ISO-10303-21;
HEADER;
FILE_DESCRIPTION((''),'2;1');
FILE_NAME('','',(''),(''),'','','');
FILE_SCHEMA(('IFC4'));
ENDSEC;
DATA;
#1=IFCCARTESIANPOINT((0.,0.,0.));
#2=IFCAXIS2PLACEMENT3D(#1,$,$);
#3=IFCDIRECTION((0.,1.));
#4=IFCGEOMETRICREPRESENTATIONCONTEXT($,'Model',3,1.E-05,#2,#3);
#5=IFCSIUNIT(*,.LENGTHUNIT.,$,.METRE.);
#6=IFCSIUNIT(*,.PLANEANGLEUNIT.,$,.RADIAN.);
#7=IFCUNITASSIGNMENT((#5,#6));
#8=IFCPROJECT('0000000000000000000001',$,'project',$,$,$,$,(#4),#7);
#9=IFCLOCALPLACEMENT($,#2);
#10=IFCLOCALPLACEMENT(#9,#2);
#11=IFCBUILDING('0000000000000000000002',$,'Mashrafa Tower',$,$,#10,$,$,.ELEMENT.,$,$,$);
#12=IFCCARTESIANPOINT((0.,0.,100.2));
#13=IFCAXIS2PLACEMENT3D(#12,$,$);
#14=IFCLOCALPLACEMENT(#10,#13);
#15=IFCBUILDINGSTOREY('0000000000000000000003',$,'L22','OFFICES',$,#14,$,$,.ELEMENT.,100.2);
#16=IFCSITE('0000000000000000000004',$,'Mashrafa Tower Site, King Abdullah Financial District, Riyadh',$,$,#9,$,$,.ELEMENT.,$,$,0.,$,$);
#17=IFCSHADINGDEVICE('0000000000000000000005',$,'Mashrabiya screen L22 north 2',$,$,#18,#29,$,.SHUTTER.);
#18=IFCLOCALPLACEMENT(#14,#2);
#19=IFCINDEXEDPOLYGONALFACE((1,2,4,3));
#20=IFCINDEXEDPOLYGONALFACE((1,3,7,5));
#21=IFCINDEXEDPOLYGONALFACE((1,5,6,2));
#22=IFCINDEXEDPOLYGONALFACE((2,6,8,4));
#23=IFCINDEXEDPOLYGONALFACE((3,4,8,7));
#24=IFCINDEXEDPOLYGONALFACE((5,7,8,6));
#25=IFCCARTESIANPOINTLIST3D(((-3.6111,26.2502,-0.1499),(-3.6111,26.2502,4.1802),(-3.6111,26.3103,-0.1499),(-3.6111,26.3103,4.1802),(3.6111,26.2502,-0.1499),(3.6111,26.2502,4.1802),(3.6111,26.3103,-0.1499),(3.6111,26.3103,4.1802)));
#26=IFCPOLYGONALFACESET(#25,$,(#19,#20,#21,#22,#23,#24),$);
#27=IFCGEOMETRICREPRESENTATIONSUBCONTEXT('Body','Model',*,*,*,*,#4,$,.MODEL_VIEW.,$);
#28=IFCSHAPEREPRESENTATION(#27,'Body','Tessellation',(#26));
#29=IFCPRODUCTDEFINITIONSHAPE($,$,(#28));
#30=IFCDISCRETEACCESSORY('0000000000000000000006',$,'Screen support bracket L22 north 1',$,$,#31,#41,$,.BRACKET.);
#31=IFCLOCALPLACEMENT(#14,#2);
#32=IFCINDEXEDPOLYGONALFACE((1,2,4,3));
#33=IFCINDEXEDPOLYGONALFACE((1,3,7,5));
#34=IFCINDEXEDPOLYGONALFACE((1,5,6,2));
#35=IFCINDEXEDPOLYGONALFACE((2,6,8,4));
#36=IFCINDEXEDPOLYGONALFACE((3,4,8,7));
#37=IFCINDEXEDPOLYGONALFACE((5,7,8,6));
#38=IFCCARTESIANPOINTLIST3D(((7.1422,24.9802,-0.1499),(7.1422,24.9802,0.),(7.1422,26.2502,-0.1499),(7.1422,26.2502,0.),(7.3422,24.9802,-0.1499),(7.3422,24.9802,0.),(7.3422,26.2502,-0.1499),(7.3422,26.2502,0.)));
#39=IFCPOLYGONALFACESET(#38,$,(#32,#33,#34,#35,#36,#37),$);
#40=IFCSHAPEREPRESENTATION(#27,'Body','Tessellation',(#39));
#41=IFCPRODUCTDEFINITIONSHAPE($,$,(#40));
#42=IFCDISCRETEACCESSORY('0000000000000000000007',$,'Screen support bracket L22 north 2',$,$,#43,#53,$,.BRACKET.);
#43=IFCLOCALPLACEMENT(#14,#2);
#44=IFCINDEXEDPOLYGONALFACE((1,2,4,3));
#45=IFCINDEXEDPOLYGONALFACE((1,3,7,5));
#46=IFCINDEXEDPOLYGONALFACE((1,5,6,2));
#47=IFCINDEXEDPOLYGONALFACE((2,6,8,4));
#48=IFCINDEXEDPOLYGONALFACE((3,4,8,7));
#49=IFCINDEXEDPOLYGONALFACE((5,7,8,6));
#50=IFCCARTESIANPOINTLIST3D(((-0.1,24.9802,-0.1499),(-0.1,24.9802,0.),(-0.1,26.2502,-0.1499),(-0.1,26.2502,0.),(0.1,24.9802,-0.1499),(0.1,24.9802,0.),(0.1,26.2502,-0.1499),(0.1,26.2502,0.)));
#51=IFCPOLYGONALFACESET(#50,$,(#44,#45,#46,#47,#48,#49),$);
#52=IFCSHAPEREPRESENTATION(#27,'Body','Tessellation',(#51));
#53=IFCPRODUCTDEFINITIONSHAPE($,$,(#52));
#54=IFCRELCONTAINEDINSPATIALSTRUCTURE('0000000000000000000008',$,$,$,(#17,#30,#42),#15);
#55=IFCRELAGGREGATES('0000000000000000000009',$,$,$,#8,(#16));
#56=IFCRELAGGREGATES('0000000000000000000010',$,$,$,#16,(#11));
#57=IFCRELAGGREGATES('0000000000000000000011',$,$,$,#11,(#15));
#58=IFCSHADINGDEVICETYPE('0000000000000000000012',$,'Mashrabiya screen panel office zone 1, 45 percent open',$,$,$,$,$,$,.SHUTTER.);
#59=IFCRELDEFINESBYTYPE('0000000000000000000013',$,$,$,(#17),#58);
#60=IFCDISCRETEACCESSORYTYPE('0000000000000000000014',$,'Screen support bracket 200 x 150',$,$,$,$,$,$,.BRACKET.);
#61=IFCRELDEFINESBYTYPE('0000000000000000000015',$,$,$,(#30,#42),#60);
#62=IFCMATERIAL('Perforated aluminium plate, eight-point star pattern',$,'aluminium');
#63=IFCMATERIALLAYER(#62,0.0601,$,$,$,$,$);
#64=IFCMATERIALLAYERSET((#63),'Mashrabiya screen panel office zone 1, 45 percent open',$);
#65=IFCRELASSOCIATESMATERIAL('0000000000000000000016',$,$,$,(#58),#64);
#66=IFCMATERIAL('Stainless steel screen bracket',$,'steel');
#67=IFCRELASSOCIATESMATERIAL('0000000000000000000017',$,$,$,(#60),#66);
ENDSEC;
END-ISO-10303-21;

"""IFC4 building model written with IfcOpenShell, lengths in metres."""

from ifc_helpers import new_model, si_unit, direction, frame, origin, origin_2d, place, context, subcontext, project, spatial, rectangle, extrude, source, transform, mapped, material, layer, layer_set, type_object, type_shapes, element, save


model = new_model("IFC4")

# Units and contexts
model_context = context("Model", 3, precision=1e-05, world=origin(), true_north=direction((0.0, 1.0)))
body_context = subcontext(model_context, "Body", "Model", "MODEL_VIEW")
ifc_project = project(units=[si_unit("LENGTHUNIT", "METRE"), si_unit("PLANEANGLEUNIT", "RADIAN")], contexts=[model_context])

# Site, building, storey
site_placement = place(None, origin())
site = spatial("IfcSite", under=ifc_project, at=site_placement, Name="Mashrafa Tower Site, King Abdullah Financial District, Riyadh", CompositionType="ELEMENT", RefElevation=0.0)
building_placement = place(site_placement, origin())
building = spatial("IfcBuilding", under=site, at=building_placement, Name="Mashrafa Tower", CompositionType="ELEMENT")
storey_placement = place(building_placement, frame((0.0, 0.0, 100.2)))
storey = spatial("IfcBuildingStorey", under=building, at=storey_placement, Name="L22", Description="OFFICES", CompositionType="ELEMENT", Elevation=100.2)

# Shading device
ifc_material_1 = material(Name="Perforated aluminium plate, eight-point star pattern", Category="aluminium")
ifc_layer_1 = layer(ifc_material_1, 0.0601)
ifc_layer_set_1 = layer_set([ifc_layer_1], Name="Mashrabiya screen panel office zone 1, 45 percent open")
shading_device_type = type_object("IfcShadingDeviceType", Name="Mashrabiya screen panel office zone 1, 45 percent open", PredefinedType="SHUTTER", material=ifc_layer_set_1)
shared_shape_1 = source(origin(), body_context, "Body", "SweptSolid", [
    extrude(rectangle(XDim=7.2222, YDim=0.0601, at=origin_2d()), origin(), (0.0, 0.0, 1.0), 4.3301),
])
type_shapes(shading_device_type, [shared_shape_1])
for number, where, z_axis, x_axis, name in (
    (1, (0.0, 26.2803, -0.1499), (0.0, 0.0, 1.0), (-1.0, 0.0, 0.0), "Mashrabiya screen L22 north 2"),
):
    element("IfcShadingDevice", number, at=place(storey_placement, frame(where, z_axis=z_axis, x_axis=x_axis)), inside=storey, type_object=shading_device_type, Name=name, PredefinedType="SHUTTER", context=body_context, shape_type="MappedRepresentation", body=[
        mapped(shared_shape_1, transform((0.0, 0.0, 0.0))),
    ])

# Discrete accessories
ifc_material_2 = material(Name="Stainless steel screen bracket", Category="steel")
discrete_accessory_type = type_object("IfcDiscreteAccessoryType", Name="Screen support bracket 200 x 150", PredefinedType="BRACKET", material=ifc_material_2)
shared_shape_2 = source(origin(), body_context, "Body", "SweptSolid", [
    extrude(rectangle(XDim=0.2, YDim=1.27, at=origin_2d()), origin(), (0.0, 0.0, 1.0), 0.1499),
])
type_shapes(discrete_accessory_type, [shared_shape_2])
for number, where, z_axis, x_axis, name in (
    (2, (7.2422, 25.6152, -0.1499), (0.0, 0.0, 1.0), (-1.0, 0.0, 0.0), "Screen support bracket L22 north 1"),
    (3, (0.0, 25.6152, -0.1499), (0.0, 0.0, 1.0), (-1.0, 0.0, 0.0), "Screen support bracket L22 north 2"),
):
    element("IfcDiscreteAccessory", number, at=place(storey_placement, frame(where, z_axis=z_axis, x_axis=x_axis)), inside=storey, type_object=discrete_accessory_type, Name=name, PredefinedType="BRACKET", context=body_context, shape_type="MappedRepresentation", body=[
        mapped(shared_shape_2, transform((0.0, 0.0, 0.0))),
    ])

save(model, "model.ifc")
